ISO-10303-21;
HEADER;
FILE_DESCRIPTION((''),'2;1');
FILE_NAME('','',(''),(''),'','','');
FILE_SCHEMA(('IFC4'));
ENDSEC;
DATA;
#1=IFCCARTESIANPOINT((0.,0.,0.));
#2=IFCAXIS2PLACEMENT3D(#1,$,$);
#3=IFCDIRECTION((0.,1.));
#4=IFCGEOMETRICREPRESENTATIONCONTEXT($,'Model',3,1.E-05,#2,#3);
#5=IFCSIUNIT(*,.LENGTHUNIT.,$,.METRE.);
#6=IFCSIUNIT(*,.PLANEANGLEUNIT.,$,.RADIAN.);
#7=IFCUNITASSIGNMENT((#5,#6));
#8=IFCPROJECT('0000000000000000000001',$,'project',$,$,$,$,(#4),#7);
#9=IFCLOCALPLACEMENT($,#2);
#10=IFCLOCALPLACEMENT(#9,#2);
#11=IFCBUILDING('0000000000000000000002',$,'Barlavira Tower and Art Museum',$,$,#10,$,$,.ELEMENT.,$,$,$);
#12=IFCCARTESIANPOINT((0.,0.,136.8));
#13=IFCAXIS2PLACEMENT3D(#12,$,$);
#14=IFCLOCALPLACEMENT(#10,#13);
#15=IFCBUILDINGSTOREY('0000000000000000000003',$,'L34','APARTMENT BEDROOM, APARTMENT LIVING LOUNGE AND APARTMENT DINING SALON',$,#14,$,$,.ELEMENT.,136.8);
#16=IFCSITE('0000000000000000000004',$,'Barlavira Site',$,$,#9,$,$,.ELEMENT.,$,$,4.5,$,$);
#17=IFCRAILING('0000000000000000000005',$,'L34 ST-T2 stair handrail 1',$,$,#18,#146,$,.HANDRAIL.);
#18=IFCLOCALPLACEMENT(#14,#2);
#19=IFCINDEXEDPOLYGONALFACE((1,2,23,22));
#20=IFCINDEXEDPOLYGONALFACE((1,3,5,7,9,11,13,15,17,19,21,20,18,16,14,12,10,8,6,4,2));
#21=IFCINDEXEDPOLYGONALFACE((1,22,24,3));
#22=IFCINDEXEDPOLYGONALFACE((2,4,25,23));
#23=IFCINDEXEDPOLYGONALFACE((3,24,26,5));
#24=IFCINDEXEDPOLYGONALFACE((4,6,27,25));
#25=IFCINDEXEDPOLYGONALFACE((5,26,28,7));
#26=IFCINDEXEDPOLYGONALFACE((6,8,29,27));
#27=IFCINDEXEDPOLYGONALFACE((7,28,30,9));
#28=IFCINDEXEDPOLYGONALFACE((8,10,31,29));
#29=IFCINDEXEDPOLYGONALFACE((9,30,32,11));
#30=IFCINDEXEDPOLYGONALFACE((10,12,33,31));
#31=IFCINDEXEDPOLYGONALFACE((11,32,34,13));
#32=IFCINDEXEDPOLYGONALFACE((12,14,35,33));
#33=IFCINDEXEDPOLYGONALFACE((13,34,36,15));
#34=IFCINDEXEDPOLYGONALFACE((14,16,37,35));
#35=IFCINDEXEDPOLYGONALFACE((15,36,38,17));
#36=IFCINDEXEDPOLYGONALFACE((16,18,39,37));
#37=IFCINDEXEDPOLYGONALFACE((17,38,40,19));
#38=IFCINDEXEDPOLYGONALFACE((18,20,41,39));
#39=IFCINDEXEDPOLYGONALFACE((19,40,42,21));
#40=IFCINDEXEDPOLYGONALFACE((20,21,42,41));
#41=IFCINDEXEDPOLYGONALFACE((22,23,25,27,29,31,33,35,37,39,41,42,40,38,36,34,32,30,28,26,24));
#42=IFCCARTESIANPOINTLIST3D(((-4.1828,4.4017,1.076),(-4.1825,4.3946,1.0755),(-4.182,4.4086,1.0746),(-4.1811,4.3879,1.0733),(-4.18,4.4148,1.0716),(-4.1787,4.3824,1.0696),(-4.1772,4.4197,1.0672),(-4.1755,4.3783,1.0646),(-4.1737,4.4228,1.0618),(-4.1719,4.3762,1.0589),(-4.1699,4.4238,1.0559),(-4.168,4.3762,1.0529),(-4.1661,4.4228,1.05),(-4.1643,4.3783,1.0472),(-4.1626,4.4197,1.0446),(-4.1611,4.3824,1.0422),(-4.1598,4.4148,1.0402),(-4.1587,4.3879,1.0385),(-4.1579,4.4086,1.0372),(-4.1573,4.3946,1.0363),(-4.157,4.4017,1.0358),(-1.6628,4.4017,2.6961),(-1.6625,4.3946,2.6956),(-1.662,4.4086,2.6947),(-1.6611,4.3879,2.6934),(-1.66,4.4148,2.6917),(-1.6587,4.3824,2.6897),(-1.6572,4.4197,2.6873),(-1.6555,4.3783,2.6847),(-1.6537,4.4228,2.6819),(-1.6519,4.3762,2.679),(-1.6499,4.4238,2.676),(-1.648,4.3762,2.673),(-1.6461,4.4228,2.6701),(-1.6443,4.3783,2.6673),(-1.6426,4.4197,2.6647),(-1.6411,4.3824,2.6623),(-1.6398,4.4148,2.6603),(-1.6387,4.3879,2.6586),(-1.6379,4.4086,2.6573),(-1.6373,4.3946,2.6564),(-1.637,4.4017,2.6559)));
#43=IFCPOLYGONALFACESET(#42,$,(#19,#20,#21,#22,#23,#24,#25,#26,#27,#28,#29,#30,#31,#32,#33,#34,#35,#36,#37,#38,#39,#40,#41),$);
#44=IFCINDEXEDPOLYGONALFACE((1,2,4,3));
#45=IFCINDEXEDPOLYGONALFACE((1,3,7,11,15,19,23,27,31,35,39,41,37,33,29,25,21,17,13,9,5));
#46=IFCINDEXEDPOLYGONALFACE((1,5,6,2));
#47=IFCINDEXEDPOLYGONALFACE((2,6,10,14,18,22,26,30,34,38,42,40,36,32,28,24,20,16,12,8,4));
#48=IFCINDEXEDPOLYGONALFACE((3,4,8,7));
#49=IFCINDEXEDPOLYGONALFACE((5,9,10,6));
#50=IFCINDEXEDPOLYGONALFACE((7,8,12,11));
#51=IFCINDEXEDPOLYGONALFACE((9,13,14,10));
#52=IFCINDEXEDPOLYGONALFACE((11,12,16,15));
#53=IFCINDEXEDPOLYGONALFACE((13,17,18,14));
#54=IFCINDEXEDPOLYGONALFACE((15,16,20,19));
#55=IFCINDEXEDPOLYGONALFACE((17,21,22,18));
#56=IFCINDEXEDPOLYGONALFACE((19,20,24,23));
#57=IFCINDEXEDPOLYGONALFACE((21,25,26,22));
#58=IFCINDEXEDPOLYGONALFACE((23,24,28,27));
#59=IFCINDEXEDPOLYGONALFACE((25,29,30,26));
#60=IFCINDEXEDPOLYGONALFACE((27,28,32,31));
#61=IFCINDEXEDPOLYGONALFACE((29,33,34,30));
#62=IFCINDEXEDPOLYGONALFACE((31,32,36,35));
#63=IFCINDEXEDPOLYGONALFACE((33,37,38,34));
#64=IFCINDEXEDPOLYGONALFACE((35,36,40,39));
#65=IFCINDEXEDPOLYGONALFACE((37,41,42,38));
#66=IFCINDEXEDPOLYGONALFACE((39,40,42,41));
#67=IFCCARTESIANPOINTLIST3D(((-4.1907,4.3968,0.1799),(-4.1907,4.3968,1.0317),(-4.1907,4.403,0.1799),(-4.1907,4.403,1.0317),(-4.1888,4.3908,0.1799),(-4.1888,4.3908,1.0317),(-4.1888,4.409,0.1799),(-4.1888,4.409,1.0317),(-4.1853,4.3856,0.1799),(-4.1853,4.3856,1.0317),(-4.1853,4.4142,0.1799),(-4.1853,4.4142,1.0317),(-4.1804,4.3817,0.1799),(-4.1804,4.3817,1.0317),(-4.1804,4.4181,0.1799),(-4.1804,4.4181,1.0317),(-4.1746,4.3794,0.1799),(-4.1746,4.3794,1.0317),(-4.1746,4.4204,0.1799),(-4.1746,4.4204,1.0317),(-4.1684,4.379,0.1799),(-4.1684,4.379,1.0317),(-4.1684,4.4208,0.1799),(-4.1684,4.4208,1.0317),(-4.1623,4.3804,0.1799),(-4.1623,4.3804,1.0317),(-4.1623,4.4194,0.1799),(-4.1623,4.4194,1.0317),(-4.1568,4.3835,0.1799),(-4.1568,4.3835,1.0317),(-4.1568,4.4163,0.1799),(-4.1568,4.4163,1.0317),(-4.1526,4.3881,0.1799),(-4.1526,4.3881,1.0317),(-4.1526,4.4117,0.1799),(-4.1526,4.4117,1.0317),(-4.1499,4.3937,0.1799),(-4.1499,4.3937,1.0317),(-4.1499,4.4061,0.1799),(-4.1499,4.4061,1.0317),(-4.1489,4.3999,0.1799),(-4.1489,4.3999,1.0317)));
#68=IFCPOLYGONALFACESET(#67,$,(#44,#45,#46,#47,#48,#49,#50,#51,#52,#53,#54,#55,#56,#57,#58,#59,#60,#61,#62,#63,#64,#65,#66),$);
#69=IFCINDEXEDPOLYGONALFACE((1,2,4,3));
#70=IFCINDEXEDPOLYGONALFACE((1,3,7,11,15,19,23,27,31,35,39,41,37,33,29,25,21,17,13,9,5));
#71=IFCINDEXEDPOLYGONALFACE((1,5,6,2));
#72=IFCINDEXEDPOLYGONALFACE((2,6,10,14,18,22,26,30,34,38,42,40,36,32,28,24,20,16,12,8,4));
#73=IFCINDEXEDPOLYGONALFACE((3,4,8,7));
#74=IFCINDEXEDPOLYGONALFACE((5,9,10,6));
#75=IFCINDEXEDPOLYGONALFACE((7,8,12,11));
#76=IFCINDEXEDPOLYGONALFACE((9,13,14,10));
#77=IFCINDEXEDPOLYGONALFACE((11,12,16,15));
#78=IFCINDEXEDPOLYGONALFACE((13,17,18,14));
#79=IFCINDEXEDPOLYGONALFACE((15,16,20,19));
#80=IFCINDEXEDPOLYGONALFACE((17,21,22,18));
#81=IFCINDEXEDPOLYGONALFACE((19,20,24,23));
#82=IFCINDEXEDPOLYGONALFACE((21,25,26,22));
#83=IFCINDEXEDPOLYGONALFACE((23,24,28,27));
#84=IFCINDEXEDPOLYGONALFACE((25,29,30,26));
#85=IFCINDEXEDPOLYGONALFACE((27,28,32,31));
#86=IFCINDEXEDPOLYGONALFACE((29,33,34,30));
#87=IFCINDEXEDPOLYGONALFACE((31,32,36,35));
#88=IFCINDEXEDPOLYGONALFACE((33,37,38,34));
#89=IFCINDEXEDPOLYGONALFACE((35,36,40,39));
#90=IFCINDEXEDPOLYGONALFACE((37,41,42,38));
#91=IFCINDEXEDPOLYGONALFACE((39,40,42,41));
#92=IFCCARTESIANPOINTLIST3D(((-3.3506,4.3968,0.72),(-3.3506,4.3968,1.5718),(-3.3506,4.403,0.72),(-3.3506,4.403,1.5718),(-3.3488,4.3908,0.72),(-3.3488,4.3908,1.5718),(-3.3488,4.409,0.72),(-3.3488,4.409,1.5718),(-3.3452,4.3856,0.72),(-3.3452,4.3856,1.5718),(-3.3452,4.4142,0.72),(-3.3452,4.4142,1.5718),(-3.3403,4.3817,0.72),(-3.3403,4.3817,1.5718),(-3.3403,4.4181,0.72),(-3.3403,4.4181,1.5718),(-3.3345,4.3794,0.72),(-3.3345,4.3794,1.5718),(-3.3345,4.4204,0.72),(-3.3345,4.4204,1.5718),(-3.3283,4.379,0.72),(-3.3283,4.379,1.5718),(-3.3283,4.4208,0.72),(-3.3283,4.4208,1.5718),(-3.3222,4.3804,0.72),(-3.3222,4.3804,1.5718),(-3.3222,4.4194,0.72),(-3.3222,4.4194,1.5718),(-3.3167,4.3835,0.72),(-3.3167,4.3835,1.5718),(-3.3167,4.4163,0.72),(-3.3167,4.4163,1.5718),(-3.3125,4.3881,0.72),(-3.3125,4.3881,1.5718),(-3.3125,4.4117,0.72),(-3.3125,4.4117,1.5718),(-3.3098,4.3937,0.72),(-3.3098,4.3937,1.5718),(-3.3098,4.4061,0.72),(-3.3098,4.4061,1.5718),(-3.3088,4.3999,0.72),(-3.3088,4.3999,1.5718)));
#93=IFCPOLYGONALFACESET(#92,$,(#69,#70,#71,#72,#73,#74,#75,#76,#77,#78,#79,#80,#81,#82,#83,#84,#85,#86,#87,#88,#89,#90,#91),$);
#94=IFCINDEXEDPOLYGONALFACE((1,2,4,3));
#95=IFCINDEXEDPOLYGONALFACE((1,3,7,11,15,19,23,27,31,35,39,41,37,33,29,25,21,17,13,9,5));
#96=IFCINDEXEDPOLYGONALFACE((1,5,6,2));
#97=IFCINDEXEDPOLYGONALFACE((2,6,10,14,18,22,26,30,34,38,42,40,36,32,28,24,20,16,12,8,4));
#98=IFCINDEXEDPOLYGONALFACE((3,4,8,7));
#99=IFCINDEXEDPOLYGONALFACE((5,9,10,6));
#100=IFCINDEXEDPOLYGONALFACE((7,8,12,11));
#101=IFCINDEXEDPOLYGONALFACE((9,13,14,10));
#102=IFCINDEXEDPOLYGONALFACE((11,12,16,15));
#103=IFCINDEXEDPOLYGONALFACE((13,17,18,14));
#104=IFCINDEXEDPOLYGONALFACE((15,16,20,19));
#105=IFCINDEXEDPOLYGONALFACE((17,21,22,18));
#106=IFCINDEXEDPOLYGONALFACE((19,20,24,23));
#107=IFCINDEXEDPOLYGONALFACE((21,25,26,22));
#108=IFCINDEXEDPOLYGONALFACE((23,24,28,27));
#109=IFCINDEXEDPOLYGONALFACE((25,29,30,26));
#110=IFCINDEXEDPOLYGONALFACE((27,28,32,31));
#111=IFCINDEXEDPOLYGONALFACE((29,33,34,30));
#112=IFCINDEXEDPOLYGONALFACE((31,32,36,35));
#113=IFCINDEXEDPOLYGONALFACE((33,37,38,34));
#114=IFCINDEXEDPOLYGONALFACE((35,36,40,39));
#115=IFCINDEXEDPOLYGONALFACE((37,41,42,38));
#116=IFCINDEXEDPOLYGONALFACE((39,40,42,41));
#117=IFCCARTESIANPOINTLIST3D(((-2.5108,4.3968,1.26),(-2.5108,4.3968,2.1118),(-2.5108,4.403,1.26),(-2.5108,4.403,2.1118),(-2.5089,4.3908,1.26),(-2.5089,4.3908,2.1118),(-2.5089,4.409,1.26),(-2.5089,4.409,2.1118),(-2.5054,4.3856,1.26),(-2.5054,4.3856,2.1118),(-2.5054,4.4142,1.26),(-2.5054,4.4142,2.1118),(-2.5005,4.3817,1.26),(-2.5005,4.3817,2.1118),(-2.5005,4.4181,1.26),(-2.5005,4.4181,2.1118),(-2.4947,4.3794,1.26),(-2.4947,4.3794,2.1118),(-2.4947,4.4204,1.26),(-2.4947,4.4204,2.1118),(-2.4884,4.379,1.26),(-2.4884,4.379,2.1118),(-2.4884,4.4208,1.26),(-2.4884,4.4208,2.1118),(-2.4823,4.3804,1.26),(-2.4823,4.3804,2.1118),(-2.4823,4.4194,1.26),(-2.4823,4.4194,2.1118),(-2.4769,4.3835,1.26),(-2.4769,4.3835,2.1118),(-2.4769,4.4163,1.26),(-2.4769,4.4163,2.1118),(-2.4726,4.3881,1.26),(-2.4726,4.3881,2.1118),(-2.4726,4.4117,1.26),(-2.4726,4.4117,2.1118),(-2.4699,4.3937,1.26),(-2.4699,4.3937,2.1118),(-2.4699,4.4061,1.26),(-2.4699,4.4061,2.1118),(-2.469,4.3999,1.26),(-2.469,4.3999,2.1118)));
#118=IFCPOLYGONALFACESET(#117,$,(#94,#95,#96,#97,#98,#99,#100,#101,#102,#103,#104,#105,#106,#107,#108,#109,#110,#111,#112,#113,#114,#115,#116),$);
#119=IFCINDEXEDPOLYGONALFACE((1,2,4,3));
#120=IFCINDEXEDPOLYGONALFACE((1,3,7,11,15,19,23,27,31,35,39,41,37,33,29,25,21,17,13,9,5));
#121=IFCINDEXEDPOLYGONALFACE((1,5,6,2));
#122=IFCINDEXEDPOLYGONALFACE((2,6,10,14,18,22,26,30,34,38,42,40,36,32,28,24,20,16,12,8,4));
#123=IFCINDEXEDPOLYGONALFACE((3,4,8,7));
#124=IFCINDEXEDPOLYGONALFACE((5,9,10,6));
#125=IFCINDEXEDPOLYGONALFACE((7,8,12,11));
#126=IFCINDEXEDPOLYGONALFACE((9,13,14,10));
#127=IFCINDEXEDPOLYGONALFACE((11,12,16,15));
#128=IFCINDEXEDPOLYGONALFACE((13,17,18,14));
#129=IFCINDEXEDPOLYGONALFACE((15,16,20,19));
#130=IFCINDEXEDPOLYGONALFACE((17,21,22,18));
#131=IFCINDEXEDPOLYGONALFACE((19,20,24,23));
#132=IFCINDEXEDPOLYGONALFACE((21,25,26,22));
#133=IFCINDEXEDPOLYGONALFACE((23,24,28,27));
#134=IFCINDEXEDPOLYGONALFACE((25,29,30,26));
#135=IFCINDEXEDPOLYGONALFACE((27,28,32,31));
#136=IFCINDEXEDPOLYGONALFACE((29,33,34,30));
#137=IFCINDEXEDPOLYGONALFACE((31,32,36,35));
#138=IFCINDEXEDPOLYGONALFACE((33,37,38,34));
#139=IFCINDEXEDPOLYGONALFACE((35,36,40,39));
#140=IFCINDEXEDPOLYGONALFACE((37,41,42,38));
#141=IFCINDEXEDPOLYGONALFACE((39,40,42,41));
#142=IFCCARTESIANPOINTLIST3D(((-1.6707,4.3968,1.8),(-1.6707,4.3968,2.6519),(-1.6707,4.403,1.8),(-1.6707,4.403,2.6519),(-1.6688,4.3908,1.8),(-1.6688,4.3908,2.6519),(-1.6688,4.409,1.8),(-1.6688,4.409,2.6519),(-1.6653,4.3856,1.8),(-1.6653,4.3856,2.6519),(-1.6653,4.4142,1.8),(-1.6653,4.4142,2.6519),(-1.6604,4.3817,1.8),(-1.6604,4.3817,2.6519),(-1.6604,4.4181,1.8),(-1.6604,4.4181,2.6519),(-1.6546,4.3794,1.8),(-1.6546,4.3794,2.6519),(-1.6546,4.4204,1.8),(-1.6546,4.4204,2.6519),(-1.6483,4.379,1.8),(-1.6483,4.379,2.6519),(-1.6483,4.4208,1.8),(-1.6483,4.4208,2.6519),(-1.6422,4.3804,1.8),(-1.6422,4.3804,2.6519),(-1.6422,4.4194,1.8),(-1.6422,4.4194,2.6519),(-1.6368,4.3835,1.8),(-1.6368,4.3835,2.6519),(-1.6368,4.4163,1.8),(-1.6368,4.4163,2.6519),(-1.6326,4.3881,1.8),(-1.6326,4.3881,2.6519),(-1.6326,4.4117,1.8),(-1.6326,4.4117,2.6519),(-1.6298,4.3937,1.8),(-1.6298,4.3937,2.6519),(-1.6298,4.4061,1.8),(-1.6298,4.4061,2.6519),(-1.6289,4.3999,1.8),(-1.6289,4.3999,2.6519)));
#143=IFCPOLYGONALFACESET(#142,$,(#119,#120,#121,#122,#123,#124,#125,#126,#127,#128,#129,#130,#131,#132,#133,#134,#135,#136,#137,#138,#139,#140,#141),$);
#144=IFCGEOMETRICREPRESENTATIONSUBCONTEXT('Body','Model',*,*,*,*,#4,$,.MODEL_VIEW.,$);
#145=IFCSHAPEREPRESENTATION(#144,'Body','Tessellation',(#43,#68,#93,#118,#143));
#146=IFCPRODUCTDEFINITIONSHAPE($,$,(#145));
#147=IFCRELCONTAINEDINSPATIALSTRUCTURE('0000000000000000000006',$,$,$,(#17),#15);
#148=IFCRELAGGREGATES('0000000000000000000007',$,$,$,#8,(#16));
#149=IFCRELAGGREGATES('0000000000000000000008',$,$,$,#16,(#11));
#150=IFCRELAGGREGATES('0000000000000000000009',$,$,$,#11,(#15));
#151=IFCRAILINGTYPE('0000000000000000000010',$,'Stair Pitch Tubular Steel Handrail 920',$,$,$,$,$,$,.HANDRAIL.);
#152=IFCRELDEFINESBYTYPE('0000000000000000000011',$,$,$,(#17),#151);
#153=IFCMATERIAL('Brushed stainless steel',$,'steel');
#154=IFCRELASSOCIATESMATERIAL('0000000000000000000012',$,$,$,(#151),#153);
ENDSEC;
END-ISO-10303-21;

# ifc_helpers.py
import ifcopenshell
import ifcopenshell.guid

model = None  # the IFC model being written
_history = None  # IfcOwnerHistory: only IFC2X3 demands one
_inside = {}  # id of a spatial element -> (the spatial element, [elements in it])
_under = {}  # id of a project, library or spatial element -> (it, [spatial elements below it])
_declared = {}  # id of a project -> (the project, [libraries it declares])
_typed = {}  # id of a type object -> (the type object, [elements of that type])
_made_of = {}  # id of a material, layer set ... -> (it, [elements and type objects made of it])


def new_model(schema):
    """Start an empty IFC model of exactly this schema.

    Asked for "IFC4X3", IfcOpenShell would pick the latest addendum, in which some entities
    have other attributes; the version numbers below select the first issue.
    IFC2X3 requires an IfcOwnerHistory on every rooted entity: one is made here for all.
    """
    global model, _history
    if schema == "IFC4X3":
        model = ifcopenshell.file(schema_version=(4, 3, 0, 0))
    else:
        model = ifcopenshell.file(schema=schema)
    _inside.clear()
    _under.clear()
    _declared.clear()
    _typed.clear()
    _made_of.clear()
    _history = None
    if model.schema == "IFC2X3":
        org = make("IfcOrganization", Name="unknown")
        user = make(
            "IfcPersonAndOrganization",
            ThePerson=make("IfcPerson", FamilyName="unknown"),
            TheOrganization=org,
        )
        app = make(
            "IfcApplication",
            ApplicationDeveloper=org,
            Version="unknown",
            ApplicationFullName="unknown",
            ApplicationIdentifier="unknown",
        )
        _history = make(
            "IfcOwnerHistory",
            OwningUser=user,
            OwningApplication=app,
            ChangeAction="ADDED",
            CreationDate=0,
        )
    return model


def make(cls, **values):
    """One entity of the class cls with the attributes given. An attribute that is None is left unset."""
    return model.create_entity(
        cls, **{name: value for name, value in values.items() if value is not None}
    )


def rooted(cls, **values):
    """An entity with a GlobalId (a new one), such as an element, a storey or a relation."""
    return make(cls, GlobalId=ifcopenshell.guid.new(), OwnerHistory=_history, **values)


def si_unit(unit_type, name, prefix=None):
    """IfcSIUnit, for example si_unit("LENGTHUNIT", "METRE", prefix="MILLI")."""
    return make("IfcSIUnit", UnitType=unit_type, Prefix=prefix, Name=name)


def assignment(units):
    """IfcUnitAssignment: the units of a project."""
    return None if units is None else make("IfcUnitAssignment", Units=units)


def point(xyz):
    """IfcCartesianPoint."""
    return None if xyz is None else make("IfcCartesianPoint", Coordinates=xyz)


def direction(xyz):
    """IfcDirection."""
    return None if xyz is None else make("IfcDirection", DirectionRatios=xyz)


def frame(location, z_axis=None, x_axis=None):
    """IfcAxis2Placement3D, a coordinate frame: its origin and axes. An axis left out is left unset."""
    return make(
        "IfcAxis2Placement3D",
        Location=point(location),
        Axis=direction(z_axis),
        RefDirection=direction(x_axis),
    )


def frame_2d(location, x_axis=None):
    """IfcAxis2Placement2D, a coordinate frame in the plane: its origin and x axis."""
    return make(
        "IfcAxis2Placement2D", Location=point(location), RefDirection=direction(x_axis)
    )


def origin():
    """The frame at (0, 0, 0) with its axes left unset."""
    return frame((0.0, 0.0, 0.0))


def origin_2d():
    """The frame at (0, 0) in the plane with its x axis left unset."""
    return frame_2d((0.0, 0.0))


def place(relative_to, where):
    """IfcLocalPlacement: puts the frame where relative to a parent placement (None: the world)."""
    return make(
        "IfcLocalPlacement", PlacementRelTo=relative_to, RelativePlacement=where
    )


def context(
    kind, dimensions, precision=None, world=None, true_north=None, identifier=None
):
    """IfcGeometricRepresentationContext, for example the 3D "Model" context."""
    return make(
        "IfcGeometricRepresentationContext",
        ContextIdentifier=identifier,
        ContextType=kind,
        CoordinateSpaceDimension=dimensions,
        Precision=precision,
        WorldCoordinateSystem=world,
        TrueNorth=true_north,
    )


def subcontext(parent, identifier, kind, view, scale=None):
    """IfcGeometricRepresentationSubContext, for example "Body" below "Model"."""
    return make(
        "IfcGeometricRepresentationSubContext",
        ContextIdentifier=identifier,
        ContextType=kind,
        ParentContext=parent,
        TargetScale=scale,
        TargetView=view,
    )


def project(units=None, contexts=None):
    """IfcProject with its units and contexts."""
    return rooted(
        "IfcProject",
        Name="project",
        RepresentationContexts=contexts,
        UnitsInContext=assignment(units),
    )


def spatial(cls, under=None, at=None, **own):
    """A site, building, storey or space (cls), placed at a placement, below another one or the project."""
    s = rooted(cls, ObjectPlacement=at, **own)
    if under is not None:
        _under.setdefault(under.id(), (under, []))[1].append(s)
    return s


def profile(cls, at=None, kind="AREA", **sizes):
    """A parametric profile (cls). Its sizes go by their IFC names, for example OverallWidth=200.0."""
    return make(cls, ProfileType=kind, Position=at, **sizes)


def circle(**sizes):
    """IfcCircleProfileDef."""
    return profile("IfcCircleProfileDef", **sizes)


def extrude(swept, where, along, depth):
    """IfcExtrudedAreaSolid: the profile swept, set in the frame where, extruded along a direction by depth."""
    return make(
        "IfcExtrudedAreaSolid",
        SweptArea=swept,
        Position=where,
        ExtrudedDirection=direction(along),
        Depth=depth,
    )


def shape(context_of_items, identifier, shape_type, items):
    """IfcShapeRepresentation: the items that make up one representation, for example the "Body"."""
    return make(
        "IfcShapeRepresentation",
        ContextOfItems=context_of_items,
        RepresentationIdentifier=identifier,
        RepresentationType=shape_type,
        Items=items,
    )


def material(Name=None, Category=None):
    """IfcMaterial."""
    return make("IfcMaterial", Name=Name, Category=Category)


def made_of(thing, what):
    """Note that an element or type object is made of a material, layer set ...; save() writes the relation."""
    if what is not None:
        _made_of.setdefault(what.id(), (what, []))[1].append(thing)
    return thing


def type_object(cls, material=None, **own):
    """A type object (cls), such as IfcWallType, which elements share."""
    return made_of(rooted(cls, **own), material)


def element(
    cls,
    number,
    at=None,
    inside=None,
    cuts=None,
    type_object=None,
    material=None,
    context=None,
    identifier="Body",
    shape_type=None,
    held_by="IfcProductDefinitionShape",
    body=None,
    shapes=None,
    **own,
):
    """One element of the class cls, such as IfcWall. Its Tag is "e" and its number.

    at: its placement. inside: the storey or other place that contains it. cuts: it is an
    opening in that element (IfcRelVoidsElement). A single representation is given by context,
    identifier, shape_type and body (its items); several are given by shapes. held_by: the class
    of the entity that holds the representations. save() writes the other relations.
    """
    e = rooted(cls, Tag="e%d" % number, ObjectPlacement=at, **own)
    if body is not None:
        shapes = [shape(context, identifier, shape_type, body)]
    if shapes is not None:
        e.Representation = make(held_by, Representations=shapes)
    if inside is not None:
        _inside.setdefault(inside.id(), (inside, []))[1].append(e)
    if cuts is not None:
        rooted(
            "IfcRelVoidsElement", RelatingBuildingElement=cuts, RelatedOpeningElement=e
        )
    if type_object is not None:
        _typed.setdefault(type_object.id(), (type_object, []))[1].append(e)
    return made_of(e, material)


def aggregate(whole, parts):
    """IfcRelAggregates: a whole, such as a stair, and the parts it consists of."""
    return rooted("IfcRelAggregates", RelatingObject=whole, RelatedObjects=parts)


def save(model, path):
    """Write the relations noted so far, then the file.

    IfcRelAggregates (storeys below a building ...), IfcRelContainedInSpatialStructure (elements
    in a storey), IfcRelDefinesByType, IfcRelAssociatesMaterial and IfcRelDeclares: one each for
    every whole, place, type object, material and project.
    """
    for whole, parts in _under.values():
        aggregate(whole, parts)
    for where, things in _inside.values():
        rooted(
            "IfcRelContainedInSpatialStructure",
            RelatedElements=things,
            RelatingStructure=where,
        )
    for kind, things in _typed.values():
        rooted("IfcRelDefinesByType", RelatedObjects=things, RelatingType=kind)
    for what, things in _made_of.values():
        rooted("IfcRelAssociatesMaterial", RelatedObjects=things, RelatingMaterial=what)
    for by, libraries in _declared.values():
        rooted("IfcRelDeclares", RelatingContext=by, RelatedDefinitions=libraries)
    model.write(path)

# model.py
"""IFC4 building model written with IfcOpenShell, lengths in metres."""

from ifc_helpers import new_model, si_unit, direction, frame, origin, origin_2d, place, context, subcontext, project, spatial, circle, extrude, material, type_object, element, save


model = new_model("IFC4")

# Units and contexts
model_context = context("Model", 3, precision=1e-05, world=origin(), true_north=direction((0.0, 1.0)))
body_context = subcontext(model_context, "Body", "Model", "MODEL_VIEW")
ifc_project = project(units=[si_unit("LENGTHUNIT", "METRE"), si_unit("PLANEANGLEUNIT", "RADIAN")], contexts=[model_context])

# Site, building, storey
site_placement = place(None, origin())
site = spatial("IfcSite", under=ifc_project, at=site_placement, Name="Barlavira Site", CompositionType="ELEMENT", RefElevation=4.5)
building_placement = place(site_placement, origin())
building = spatial("IfcBuilding", under=site, at=building_placement, Name="Barlavira Tower and Art Museum", CompositionType="ELEMENT")
storey_placement = place(building_placement, frame((0.0, 0.0, 136.8)))
storey = spatial("IfcBuildingStorey", under=building, at=storey_placement, Name="L34", Description="APARTMENT BEDROOM, APARTMENT LIVING LOUNGE AND APARTMENT DINING SALON", CompositionType="ELEMENT", Elevation=136.8)

# Shared definitions
ifc_material_1 = material(Name="Brushed stainless steel", Category="steel")

# Railing
railing_type_1 = type_object("IfcRailingType", Name="Stair Pitch Tubular Steel Handrail 920", PredefinedType="HANDRAIL", material=ifc_material_1)
railing_1_placement = place(storey_placement, frame((-4.1699, 4.3999, 0.1799)))
element("IfcRailing", 1, at=railing_1_placement, inside=storey, type_object=railing_type_1, Name="L34 ST-T2 stair handrail 1", PredefinedType="HANDRAIL", context=body_context, shape_type="SweptSolid", body=[
    extrude(circle(Radius=0.0239, at=origin_2d()), frame((0.0, 0.0, 0.876), z_axis=(0.841163, 0.0, 0.540782), x_axis=(0.0, 1.0, 0.0)), (0.0, 0.0, 1.0), 2.9958),
    extrude(circle(Radius=0.021, at=origin_2d()), origin(), (0.0, 0.0, 1.0), 0.8518),
    extrude(circle(Radius=0.021, at=origin_2d()), frame((0.8401, 0.0, 0.54)), (0.0, 0.0, 1.0), 0.8518),
    extrude(circle(Radius=0.021, at=origin_2d()), frame((1.6799, 0.0, 1.0801)), (0.0, 0.0, 1.0), 0.8518),
    extrude(circle(Radius=0.021, at=origin_2d()), frame((2.52, 0.0, 1.6201)), (0.0, 0.0, 1.0), 0.8518),
])

save(model, "model.ifc")
